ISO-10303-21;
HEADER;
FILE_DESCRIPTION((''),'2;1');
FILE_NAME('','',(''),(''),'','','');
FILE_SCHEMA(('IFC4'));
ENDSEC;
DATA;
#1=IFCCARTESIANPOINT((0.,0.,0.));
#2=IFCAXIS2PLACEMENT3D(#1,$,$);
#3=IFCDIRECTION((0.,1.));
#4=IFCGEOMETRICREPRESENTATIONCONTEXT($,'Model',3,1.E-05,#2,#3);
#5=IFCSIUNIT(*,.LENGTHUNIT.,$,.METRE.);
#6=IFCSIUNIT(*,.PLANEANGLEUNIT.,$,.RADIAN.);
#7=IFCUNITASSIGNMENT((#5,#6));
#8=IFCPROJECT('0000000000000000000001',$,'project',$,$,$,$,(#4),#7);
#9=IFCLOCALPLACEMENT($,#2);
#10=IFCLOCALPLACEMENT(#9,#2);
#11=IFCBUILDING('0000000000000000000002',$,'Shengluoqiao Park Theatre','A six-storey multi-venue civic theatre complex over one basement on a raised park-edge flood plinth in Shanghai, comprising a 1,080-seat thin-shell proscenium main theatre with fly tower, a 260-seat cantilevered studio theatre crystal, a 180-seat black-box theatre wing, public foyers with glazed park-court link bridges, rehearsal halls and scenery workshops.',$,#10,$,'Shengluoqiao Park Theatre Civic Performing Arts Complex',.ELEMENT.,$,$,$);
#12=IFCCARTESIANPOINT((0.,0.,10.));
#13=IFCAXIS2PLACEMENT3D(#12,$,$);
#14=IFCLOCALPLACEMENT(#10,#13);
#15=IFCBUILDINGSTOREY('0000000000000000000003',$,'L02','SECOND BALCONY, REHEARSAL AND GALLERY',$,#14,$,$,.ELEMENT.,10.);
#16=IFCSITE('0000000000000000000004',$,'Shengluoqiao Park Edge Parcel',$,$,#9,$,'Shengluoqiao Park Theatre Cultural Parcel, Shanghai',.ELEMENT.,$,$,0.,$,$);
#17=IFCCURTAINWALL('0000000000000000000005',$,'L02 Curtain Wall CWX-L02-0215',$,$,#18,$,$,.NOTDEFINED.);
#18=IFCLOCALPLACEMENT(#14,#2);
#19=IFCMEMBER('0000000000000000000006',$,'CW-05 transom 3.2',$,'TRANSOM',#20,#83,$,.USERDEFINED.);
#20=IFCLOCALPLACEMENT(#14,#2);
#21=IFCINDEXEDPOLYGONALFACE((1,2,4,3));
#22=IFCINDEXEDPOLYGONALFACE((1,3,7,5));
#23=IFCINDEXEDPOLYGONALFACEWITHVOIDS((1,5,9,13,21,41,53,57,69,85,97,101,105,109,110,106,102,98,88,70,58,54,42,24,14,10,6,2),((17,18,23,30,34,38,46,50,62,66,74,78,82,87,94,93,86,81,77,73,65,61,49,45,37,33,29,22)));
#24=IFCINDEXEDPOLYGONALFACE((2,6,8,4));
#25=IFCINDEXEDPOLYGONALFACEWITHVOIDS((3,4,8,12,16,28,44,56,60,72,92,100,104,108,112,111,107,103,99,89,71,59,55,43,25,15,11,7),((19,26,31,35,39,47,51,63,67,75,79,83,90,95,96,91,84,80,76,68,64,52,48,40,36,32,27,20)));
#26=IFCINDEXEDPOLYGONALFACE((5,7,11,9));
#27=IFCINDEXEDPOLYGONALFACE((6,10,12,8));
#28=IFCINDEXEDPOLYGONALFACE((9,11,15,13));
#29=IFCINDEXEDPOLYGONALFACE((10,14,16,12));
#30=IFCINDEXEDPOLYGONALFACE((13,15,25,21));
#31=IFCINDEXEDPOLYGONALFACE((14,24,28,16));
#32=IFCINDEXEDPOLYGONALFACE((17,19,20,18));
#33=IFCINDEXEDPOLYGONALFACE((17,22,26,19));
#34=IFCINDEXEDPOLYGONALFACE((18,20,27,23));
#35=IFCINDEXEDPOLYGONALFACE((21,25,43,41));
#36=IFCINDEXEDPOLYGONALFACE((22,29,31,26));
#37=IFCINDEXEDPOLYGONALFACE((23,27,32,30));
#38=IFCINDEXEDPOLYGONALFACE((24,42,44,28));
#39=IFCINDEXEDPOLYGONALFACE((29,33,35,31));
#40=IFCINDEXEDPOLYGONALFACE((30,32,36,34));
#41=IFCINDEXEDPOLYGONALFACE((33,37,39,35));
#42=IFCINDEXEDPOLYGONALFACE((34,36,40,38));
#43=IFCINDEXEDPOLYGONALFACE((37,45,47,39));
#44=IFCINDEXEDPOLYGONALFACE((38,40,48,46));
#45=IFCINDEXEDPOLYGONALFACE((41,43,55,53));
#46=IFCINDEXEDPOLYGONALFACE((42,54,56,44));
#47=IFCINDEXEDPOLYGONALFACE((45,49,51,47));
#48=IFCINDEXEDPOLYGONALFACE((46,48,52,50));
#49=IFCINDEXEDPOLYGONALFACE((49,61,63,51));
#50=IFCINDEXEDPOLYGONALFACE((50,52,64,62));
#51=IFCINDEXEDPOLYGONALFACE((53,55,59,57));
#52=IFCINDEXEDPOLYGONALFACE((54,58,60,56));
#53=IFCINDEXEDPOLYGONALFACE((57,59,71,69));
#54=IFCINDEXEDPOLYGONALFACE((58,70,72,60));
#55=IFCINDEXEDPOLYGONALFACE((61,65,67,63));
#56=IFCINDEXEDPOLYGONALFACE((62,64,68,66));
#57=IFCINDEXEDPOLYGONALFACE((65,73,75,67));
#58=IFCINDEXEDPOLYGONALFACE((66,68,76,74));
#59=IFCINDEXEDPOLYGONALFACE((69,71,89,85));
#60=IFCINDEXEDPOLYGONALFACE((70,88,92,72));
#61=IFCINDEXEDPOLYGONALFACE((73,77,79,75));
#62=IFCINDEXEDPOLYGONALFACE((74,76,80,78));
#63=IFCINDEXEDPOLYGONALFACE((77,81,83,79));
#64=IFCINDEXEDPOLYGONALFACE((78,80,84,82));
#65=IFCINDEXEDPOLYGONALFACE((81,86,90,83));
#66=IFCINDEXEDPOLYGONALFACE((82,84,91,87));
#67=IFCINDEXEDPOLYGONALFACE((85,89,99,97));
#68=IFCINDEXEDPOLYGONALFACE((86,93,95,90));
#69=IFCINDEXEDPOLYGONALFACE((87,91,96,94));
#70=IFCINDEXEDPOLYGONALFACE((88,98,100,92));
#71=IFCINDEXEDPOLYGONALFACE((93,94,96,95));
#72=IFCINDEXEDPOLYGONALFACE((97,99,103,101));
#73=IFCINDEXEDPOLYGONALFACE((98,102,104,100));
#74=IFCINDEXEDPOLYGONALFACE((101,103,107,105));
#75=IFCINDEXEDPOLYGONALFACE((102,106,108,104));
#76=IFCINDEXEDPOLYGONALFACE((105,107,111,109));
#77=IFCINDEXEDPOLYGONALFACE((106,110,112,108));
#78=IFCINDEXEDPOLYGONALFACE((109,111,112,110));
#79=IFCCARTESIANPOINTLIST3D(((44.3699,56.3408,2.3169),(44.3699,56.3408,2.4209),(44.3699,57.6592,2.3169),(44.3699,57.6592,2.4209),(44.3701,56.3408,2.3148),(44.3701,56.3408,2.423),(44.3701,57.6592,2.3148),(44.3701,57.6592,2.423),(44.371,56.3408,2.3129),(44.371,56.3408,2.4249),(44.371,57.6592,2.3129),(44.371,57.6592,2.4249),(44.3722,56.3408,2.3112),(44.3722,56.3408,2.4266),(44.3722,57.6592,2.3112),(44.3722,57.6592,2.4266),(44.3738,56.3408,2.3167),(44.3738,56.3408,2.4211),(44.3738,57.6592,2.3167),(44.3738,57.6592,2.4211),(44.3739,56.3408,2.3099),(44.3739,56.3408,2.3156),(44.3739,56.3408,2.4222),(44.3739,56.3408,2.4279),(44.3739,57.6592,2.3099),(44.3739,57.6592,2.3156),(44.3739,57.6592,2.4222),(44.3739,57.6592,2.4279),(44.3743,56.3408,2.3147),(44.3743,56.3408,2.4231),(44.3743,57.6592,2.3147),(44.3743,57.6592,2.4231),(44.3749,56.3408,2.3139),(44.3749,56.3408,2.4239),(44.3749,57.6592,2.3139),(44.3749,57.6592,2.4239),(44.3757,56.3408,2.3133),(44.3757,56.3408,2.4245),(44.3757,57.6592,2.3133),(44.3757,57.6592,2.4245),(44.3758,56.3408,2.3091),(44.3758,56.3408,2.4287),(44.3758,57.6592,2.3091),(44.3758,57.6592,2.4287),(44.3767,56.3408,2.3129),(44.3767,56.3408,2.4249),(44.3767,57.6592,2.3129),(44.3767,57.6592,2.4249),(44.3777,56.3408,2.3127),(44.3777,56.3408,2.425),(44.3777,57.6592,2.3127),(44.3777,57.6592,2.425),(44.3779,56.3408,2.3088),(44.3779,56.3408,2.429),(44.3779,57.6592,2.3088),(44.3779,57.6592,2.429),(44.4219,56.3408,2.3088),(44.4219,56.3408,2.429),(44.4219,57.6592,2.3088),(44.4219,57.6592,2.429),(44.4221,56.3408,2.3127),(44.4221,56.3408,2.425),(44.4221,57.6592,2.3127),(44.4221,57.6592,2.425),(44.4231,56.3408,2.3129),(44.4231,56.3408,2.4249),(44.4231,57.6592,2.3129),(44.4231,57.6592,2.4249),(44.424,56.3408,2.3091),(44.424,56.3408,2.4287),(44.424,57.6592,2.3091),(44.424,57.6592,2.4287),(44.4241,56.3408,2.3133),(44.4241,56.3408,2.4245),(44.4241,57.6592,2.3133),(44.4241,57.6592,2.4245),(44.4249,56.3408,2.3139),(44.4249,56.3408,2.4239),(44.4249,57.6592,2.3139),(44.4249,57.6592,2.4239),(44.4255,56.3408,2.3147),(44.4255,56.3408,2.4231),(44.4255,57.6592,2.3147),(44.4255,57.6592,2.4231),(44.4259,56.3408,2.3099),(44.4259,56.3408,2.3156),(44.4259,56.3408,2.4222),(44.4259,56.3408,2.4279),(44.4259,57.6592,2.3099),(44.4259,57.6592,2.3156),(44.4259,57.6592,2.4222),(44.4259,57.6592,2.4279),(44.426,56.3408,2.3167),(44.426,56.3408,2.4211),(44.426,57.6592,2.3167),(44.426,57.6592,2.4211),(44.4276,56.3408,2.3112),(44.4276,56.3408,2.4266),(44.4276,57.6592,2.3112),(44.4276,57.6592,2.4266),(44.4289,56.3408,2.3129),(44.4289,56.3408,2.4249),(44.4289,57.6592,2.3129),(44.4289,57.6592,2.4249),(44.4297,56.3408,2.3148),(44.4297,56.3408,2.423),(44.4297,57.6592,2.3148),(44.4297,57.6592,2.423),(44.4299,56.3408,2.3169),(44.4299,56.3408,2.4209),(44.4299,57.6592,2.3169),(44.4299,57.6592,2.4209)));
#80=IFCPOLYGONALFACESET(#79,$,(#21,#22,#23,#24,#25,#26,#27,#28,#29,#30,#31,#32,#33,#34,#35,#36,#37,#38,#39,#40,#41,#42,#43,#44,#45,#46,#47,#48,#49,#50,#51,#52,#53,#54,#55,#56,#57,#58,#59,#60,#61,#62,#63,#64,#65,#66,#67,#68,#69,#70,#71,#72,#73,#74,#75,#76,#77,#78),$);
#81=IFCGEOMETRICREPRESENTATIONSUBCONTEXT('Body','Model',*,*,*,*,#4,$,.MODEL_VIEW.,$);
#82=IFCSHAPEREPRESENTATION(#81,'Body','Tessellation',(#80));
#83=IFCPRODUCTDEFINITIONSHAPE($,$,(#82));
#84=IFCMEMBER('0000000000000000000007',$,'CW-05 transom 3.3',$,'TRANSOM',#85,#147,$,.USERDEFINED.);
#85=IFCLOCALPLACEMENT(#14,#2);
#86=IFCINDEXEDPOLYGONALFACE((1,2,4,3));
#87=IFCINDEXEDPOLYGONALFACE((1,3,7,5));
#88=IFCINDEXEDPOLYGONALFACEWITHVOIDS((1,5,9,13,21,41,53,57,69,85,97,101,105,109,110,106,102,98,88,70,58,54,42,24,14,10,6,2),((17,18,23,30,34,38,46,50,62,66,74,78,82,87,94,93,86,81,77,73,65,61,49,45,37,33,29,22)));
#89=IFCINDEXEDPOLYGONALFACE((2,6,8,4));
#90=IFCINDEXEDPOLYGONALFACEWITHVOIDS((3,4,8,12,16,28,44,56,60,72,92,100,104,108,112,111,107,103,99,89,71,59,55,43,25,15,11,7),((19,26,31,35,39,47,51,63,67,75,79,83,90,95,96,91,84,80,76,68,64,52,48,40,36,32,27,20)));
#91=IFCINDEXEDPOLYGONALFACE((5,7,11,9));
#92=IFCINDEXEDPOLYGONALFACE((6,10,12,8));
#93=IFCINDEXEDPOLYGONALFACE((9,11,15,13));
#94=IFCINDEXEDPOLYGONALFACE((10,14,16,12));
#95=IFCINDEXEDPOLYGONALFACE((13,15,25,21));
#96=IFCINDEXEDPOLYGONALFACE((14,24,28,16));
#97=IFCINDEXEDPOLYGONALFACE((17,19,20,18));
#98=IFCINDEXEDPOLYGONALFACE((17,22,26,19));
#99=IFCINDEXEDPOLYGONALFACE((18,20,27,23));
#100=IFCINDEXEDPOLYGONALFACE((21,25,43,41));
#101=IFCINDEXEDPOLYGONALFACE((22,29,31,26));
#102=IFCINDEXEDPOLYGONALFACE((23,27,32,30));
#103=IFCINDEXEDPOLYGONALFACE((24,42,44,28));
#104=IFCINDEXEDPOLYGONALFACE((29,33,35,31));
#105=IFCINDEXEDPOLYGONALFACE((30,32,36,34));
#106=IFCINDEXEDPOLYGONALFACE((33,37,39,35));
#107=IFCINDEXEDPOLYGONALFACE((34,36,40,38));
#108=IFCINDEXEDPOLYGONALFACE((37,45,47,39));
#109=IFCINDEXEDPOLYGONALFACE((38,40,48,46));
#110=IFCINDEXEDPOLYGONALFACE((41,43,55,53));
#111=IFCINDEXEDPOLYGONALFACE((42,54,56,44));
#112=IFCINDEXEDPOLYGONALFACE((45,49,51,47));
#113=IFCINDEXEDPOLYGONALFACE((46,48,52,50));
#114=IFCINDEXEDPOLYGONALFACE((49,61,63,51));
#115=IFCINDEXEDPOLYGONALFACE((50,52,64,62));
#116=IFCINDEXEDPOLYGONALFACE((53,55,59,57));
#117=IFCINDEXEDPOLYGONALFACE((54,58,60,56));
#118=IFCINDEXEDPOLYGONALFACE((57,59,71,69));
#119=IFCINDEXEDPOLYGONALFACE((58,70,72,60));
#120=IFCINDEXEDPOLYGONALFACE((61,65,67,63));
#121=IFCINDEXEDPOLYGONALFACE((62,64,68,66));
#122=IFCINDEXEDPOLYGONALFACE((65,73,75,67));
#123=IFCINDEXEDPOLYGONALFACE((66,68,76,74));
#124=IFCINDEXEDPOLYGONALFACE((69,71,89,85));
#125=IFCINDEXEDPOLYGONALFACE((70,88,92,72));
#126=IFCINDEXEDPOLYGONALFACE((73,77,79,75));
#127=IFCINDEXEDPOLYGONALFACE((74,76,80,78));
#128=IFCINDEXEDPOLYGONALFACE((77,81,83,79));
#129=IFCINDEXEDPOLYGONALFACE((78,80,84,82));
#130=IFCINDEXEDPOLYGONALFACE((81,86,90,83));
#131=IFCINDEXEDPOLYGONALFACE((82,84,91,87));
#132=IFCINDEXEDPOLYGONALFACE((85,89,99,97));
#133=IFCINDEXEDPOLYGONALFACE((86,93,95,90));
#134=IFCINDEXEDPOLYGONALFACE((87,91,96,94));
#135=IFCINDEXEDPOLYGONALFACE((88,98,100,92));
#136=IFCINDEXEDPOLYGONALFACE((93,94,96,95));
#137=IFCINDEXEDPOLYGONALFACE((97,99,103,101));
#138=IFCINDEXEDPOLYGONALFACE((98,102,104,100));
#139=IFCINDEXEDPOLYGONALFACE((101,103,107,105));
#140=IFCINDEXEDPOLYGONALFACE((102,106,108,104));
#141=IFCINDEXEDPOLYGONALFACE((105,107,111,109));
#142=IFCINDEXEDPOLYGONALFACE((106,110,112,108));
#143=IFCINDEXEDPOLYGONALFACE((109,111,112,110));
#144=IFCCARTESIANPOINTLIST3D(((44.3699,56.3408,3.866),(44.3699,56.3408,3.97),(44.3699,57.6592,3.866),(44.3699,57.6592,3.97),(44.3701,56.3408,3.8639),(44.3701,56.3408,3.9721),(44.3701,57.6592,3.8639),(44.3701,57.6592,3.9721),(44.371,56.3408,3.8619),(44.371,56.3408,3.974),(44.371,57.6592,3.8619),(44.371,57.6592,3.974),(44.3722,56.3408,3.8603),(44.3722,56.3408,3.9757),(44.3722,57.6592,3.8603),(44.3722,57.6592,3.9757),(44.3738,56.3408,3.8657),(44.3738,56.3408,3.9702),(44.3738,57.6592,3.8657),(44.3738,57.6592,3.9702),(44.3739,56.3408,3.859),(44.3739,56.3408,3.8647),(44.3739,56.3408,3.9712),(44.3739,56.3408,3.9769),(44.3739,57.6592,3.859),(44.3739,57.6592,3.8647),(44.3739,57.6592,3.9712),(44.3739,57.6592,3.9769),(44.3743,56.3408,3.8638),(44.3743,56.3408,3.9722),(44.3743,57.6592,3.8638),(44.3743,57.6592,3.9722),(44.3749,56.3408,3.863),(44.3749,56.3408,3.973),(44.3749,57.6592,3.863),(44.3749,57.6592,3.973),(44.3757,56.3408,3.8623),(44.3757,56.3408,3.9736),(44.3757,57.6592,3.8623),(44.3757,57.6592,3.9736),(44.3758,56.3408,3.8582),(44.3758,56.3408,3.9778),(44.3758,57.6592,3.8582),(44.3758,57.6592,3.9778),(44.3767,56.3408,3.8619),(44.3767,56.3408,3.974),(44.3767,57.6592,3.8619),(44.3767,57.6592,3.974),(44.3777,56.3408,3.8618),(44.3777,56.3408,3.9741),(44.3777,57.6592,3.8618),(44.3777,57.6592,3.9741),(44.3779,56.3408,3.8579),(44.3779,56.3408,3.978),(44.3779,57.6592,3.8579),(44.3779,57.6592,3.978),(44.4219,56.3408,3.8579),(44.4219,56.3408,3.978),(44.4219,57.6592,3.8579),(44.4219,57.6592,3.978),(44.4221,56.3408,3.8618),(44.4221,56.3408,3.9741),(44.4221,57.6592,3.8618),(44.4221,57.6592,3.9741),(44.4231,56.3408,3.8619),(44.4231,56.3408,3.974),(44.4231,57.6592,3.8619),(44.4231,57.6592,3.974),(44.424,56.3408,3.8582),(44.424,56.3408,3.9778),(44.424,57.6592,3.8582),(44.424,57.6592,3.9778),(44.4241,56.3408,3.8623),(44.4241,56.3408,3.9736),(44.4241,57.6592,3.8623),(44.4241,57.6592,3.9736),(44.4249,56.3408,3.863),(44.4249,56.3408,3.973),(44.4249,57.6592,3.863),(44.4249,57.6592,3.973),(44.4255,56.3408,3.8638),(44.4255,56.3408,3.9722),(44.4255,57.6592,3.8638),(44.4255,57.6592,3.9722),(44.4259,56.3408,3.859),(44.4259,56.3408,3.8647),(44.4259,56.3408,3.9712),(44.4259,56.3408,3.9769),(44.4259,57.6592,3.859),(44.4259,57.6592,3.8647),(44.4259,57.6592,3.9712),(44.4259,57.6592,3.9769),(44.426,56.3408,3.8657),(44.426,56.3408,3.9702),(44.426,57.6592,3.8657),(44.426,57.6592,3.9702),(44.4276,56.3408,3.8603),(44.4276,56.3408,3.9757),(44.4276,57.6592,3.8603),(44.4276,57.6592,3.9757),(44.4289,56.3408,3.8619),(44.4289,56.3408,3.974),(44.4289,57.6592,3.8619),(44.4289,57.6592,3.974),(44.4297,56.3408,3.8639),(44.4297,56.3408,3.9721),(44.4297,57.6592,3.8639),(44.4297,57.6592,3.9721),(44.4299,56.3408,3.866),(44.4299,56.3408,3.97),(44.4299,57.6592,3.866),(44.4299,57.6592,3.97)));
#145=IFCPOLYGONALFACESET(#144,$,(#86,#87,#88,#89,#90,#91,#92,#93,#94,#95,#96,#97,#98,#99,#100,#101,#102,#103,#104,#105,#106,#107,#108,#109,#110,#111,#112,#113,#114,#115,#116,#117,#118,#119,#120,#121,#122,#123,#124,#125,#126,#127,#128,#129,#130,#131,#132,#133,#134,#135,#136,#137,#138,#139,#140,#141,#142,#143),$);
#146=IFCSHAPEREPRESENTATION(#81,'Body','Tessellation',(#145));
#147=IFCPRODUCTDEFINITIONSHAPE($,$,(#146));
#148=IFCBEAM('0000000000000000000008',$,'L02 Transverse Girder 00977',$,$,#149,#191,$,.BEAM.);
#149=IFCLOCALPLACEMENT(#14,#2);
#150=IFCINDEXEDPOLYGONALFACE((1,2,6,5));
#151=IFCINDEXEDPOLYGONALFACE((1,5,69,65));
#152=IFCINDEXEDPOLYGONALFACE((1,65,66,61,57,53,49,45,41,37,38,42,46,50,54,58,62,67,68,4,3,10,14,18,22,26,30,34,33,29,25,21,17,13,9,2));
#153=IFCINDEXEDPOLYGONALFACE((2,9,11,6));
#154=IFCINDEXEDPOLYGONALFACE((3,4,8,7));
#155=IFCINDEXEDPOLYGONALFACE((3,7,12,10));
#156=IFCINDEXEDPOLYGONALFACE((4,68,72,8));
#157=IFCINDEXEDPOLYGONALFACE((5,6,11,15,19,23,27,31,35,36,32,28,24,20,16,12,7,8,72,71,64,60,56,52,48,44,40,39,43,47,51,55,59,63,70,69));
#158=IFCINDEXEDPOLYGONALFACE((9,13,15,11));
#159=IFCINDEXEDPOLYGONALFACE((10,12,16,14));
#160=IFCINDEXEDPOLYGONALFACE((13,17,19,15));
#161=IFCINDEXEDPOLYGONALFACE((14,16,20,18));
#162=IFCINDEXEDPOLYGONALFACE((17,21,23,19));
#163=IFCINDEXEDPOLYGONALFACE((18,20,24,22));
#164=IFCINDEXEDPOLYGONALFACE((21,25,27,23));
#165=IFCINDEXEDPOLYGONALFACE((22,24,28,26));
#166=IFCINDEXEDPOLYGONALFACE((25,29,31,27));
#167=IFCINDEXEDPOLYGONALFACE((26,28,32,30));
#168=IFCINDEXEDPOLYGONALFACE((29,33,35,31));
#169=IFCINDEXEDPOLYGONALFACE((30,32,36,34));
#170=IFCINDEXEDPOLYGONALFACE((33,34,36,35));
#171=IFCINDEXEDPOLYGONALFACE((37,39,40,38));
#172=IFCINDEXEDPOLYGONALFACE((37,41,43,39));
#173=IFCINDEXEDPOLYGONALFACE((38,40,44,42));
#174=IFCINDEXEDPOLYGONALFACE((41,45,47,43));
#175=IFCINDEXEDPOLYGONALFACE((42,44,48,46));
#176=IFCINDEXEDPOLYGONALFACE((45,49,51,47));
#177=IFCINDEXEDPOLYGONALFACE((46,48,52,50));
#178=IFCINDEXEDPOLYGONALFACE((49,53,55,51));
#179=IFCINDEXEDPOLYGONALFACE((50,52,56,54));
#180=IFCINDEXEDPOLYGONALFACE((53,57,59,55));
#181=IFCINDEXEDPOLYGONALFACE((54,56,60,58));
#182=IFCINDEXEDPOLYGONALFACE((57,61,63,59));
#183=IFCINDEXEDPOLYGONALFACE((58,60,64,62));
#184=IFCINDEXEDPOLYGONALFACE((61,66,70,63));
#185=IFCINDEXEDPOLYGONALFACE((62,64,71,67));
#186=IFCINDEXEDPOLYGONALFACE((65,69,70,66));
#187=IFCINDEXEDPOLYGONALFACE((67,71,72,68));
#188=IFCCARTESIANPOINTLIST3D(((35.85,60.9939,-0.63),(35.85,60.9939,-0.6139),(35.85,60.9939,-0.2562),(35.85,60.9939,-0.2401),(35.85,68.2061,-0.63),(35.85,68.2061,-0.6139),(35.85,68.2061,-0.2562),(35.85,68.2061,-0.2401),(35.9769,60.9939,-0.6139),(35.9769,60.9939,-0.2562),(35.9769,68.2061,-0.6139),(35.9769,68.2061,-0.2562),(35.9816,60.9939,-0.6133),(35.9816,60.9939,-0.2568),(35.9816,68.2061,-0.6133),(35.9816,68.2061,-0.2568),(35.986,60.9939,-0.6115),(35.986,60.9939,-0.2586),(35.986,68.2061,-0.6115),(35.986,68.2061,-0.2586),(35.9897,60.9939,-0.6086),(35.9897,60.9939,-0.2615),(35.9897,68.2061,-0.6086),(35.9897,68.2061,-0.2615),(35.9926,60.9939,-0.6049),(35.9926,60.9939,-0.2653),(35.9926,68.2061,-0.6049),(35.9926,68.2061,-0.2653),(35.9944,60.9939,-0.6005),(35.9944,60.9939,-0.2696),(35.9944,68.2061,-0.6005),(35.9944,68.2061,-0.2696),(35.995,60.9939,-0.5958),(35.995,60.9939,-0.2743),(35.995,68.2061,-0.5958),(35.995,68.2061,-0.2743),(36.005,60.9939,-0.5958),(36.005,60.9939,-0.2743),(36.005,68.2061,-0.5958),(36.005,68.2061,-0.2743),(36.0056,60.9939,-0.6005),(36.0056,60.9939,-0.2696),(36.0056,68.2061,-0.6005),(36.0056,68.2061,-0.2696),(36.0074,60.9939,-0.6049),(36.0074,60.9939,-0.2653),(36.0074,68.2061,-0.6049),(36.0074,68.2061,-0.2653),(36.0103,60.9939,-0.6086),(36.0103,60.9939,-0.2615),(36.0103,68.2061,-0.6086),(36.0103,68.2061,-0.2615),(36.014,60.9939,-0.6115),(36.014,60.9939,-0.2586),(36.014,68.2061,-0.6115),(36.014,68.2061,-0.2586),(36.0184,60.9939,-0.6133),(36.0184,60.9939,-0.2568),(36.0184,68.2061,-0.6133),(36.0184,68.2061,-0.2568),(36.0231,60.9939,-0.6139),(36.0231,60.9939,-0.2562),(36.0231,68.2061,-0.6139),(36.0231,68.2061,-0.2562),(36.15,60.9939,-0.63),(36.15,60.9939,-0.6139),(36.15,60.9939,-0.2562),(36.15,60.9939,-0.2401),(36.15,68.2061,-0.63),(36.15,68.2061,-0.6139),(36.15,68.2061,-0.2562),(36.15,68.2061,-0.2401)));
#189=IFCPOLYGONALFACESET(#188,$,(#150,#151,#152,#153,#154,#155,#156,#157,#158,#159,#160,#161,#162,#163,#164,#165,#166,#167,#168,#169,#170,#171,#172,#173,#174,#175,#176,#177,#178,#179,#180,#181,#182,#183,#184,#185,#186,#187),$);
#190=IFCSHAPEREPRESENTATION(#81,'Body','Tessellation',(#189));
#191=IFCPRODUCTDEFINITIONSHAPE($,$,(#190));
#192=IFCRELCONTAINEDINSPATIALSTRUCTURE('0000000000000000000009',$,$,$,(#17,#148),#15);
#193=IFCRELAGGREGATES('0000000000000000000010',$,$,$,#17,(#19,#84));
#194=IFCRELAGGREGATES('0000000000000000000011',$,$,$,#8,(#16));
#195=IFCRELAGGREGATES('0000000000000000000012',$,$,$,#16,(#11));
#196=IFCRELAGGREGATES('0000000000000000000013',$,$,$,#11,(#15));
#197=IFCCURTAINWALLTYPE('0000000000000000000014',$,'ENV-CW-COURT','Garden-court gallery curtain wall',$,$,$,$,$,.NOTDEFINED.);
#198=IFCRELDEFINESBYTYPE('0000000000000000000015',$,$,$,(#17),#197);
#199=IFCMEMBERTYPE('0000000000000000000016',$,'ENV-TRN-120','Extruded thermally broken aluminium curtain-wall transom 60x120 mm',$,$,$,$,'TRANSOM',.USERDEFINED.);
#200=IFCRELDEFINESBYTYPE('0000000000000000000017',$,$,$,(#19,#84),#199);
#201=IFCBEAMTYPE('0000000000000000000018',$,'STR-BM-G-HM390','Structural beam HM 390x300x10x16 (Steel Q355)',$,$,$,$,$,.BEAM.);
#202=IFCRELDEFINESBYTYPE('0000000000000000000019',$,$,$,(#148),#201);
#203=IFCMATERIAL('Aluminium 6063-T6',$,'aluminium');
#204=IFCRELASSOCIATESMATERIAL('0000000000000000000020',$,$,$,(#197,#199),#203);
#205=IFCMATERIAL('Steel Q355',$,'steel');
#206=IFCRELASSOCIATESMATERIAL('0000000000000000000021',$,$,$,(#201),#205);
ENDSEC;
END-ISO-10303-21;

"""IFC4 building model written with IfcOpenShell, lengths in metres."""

from ifc_helpers import new_model, si_unit, direction, frame, origin, origin_2d, place, context, subcontext, project, spatial, hollow_rectangle, i_section, extrude, material, material_profile, profile_set, type_object, element, aggregate, save


model = new_model("IFC4")

# Units and contexts
model_context = context("Model", 3, precision=1e-05, world=origin(), true_north=direction((0.0, 1.0)))
body_context = subcontext(model_context, "Body", "Model", "MODEL_VIEW")
ifc_project = project(units=[si_unit("LENGTHUNIT", "METRE"), si_unit("PLANEANGLEUNIT", "RADIAN")], contexts=[model_context])

# Site, building, storey
site_placement = place(None, origin())
site = spatial("IfcSite", under=ifc_project, at=site_placement, Name="Shengluoqiao Park Edge Parcel", LongName="Shengluoqiao Park Theatre Cultural Parcel, Shanghai", CompositionType="ELEMENT", RefElevation=0.0)
building_placement = place(site_placement, origin())
building = spatial("IfcBuilding", under=site, at=building_placement, Name="Shengluoqiao Park Theatre", Description="A six-storey multi-venue civic theatre complex over one basement on a raised park-edge flood plinth in Shanghai, comprising a 1,080-seat thin-shell proscenium main theatre with fly tower, a 260-seat cantilevered studio theatre crystal, a 180-seat black-box theatre wing, public foyers with glazed park-court link bridges, rehearsal halls and scenery workshops.", LongName="Shengluoqiao Park Theatre Civic Performing Arts Complex", CompositionType="ELEMENT")
storey_placement = place(building_placement, frame((0.0, 0.0, 10.0)))
storey = spatial("IfcBuildingStorey", under=building, at=storey_placement, Name="L02", Description="SECOND BALCONY, REHEARSAL AND GALLERY", CompositionType="ELEMENT", Elevation=10.0)

# Curtain wall, members
ifc_material_1 = material(Name="Aluminium 6063-T6", Category="aluminium")
curtain_wall_type = type_object("IfcCurtainWallType", Name="ENV-CW-COURT", Description="Garden-court gallery curtain wall", PredefinedType="NOTDEFINED", material=ifc_material_1)
curtain_wall_placement = place(storey_placement, origin())
curtain_wall = element("IfcCurtainWall", 1, at=curtain_wall_placement, inside=storey, type_object=curtain_wall_type, Name="L02 Curtain Wall CWX-L02-0215", PredefinedType="NOTDEFINED")
ifc_material_profile_1 = material_profile(ifc_material_1, hollow_rectangle(XDim=0.0601, YDim=0.1201, WallThickness=0.0039, InnerFilletRadius=0.0039, OuterFilletRadius=0.0081, at=origin_2d()), Name="ALU TRANSOM 120x60x4")
ifc_profile_set_1 = profile_set([ifc_material_profile_1], Name="Aluminium 6063-T6")
member_type_1 = type_object("IfcMemberType", Name="ENV-TRN-120", Description="Extruded thermally broken aluminium curtain-wall transom 60x120 mm", ElementType="TRANSOM", PredefinedType="USERDEFINED", material=ifc_profile_set_1)
member_1_placement = place(storey_placement, frame((44.3999, 56.3408, 2.3689), z_axis=(0.0, 1.0, 0.0), x_axis=(-1.0, 0.0, 0.0)))
member_1 = element("IfcMember", 2, at=member_1_placement, type_object=member_type_1, Name="CW-05 transom 3.2", ObjectType="TRANSOM", PredefinedType="USERDEFINED", context=body_context, shape_type="SweptSolid", body=[
    extrude(hollow_rectangle(XDim=0.0601, YDim=0.1201, WallThickness=0.0039, InnerFilletRadius=0.0039, OuterFilletRadius=0.0081, at=origin_2d()), origin(), (0.0, 0.0, 1.0), 1.3184),
])
member_2_placement = place(storey_placement, frame((44.3999, 56.3408, 3.918), z_axis=(0.0, 1.0, 0.0), x_axis=(-1.0, 0.0, 0.0)))
member_2 = element("IfcMember", 3, at=member_2_placement, type_object=member_type_1, Name="CW-05 transom 3.3", ObjectType="TRANSOM", PredefinedType="USERDEFINED", context=body_context, shape_type="SweptSolid", body=[
    extrude(hollow_rectangle(XDim=0.0601, YDim=0.1201, WallThickness=0.0039, InnerFilletRadius=0.0039, OuterFilletRadius=0.0081, at=origin_2d()), origin(), (0.0, 0.0, 1.0), 1.3184),
])

# Beam
ifc_material_2 = material(Name="Steel Q355", Category="steel")
ifc_material_profile_2 = material_profile(ifc_material_2, i_section(OverallWidth=0.3, OverallDepth=0.3899, WebThickness=0.01, FlangeThickness=0.0161, FilletRadius=0.0181, at=origin_2d()), Name="HM 390x300x10x16")
ifc_profile_set_2 = profile_set([ifc_material_profile_2], Name="Steel Q355")
beam_type_1 = type_object("IfcBeamType", Name="STR-BM-G-HM390", Description="Structural beam HM 390x300x10x16 (Steel Q355)", PredefinedType="BEAM", material=ifc_profile_set_2)
beam_1_placement = place(storey_placement, frame((36.0, 60.9939, -0.4351), z_axis=(0.0, 1.0, 0.0), x_axis=(-1.0, 0.0, 0.0)))
element("IfcBeam", 4, at=beam_1_placement, inside=storey, type_object=beam_type_1, Name="L02 Transverse Girder 00977", PredefinedType="BEAM", context=body_context, shape_type="SweptSolid", body=[
    extrude(i_section(OverallWidth=0.3, OverallDepth=0.3899, WebThickness=0.01, FlangeThickness=0.0161, FilletRadius=0.0181, at=origin_2d()), origin(), (0.0, 0.0, 1.0), 7.2122),
])

aggregate(curtain_wall, [member_1, member_2])

save(model, "model.ifc")
